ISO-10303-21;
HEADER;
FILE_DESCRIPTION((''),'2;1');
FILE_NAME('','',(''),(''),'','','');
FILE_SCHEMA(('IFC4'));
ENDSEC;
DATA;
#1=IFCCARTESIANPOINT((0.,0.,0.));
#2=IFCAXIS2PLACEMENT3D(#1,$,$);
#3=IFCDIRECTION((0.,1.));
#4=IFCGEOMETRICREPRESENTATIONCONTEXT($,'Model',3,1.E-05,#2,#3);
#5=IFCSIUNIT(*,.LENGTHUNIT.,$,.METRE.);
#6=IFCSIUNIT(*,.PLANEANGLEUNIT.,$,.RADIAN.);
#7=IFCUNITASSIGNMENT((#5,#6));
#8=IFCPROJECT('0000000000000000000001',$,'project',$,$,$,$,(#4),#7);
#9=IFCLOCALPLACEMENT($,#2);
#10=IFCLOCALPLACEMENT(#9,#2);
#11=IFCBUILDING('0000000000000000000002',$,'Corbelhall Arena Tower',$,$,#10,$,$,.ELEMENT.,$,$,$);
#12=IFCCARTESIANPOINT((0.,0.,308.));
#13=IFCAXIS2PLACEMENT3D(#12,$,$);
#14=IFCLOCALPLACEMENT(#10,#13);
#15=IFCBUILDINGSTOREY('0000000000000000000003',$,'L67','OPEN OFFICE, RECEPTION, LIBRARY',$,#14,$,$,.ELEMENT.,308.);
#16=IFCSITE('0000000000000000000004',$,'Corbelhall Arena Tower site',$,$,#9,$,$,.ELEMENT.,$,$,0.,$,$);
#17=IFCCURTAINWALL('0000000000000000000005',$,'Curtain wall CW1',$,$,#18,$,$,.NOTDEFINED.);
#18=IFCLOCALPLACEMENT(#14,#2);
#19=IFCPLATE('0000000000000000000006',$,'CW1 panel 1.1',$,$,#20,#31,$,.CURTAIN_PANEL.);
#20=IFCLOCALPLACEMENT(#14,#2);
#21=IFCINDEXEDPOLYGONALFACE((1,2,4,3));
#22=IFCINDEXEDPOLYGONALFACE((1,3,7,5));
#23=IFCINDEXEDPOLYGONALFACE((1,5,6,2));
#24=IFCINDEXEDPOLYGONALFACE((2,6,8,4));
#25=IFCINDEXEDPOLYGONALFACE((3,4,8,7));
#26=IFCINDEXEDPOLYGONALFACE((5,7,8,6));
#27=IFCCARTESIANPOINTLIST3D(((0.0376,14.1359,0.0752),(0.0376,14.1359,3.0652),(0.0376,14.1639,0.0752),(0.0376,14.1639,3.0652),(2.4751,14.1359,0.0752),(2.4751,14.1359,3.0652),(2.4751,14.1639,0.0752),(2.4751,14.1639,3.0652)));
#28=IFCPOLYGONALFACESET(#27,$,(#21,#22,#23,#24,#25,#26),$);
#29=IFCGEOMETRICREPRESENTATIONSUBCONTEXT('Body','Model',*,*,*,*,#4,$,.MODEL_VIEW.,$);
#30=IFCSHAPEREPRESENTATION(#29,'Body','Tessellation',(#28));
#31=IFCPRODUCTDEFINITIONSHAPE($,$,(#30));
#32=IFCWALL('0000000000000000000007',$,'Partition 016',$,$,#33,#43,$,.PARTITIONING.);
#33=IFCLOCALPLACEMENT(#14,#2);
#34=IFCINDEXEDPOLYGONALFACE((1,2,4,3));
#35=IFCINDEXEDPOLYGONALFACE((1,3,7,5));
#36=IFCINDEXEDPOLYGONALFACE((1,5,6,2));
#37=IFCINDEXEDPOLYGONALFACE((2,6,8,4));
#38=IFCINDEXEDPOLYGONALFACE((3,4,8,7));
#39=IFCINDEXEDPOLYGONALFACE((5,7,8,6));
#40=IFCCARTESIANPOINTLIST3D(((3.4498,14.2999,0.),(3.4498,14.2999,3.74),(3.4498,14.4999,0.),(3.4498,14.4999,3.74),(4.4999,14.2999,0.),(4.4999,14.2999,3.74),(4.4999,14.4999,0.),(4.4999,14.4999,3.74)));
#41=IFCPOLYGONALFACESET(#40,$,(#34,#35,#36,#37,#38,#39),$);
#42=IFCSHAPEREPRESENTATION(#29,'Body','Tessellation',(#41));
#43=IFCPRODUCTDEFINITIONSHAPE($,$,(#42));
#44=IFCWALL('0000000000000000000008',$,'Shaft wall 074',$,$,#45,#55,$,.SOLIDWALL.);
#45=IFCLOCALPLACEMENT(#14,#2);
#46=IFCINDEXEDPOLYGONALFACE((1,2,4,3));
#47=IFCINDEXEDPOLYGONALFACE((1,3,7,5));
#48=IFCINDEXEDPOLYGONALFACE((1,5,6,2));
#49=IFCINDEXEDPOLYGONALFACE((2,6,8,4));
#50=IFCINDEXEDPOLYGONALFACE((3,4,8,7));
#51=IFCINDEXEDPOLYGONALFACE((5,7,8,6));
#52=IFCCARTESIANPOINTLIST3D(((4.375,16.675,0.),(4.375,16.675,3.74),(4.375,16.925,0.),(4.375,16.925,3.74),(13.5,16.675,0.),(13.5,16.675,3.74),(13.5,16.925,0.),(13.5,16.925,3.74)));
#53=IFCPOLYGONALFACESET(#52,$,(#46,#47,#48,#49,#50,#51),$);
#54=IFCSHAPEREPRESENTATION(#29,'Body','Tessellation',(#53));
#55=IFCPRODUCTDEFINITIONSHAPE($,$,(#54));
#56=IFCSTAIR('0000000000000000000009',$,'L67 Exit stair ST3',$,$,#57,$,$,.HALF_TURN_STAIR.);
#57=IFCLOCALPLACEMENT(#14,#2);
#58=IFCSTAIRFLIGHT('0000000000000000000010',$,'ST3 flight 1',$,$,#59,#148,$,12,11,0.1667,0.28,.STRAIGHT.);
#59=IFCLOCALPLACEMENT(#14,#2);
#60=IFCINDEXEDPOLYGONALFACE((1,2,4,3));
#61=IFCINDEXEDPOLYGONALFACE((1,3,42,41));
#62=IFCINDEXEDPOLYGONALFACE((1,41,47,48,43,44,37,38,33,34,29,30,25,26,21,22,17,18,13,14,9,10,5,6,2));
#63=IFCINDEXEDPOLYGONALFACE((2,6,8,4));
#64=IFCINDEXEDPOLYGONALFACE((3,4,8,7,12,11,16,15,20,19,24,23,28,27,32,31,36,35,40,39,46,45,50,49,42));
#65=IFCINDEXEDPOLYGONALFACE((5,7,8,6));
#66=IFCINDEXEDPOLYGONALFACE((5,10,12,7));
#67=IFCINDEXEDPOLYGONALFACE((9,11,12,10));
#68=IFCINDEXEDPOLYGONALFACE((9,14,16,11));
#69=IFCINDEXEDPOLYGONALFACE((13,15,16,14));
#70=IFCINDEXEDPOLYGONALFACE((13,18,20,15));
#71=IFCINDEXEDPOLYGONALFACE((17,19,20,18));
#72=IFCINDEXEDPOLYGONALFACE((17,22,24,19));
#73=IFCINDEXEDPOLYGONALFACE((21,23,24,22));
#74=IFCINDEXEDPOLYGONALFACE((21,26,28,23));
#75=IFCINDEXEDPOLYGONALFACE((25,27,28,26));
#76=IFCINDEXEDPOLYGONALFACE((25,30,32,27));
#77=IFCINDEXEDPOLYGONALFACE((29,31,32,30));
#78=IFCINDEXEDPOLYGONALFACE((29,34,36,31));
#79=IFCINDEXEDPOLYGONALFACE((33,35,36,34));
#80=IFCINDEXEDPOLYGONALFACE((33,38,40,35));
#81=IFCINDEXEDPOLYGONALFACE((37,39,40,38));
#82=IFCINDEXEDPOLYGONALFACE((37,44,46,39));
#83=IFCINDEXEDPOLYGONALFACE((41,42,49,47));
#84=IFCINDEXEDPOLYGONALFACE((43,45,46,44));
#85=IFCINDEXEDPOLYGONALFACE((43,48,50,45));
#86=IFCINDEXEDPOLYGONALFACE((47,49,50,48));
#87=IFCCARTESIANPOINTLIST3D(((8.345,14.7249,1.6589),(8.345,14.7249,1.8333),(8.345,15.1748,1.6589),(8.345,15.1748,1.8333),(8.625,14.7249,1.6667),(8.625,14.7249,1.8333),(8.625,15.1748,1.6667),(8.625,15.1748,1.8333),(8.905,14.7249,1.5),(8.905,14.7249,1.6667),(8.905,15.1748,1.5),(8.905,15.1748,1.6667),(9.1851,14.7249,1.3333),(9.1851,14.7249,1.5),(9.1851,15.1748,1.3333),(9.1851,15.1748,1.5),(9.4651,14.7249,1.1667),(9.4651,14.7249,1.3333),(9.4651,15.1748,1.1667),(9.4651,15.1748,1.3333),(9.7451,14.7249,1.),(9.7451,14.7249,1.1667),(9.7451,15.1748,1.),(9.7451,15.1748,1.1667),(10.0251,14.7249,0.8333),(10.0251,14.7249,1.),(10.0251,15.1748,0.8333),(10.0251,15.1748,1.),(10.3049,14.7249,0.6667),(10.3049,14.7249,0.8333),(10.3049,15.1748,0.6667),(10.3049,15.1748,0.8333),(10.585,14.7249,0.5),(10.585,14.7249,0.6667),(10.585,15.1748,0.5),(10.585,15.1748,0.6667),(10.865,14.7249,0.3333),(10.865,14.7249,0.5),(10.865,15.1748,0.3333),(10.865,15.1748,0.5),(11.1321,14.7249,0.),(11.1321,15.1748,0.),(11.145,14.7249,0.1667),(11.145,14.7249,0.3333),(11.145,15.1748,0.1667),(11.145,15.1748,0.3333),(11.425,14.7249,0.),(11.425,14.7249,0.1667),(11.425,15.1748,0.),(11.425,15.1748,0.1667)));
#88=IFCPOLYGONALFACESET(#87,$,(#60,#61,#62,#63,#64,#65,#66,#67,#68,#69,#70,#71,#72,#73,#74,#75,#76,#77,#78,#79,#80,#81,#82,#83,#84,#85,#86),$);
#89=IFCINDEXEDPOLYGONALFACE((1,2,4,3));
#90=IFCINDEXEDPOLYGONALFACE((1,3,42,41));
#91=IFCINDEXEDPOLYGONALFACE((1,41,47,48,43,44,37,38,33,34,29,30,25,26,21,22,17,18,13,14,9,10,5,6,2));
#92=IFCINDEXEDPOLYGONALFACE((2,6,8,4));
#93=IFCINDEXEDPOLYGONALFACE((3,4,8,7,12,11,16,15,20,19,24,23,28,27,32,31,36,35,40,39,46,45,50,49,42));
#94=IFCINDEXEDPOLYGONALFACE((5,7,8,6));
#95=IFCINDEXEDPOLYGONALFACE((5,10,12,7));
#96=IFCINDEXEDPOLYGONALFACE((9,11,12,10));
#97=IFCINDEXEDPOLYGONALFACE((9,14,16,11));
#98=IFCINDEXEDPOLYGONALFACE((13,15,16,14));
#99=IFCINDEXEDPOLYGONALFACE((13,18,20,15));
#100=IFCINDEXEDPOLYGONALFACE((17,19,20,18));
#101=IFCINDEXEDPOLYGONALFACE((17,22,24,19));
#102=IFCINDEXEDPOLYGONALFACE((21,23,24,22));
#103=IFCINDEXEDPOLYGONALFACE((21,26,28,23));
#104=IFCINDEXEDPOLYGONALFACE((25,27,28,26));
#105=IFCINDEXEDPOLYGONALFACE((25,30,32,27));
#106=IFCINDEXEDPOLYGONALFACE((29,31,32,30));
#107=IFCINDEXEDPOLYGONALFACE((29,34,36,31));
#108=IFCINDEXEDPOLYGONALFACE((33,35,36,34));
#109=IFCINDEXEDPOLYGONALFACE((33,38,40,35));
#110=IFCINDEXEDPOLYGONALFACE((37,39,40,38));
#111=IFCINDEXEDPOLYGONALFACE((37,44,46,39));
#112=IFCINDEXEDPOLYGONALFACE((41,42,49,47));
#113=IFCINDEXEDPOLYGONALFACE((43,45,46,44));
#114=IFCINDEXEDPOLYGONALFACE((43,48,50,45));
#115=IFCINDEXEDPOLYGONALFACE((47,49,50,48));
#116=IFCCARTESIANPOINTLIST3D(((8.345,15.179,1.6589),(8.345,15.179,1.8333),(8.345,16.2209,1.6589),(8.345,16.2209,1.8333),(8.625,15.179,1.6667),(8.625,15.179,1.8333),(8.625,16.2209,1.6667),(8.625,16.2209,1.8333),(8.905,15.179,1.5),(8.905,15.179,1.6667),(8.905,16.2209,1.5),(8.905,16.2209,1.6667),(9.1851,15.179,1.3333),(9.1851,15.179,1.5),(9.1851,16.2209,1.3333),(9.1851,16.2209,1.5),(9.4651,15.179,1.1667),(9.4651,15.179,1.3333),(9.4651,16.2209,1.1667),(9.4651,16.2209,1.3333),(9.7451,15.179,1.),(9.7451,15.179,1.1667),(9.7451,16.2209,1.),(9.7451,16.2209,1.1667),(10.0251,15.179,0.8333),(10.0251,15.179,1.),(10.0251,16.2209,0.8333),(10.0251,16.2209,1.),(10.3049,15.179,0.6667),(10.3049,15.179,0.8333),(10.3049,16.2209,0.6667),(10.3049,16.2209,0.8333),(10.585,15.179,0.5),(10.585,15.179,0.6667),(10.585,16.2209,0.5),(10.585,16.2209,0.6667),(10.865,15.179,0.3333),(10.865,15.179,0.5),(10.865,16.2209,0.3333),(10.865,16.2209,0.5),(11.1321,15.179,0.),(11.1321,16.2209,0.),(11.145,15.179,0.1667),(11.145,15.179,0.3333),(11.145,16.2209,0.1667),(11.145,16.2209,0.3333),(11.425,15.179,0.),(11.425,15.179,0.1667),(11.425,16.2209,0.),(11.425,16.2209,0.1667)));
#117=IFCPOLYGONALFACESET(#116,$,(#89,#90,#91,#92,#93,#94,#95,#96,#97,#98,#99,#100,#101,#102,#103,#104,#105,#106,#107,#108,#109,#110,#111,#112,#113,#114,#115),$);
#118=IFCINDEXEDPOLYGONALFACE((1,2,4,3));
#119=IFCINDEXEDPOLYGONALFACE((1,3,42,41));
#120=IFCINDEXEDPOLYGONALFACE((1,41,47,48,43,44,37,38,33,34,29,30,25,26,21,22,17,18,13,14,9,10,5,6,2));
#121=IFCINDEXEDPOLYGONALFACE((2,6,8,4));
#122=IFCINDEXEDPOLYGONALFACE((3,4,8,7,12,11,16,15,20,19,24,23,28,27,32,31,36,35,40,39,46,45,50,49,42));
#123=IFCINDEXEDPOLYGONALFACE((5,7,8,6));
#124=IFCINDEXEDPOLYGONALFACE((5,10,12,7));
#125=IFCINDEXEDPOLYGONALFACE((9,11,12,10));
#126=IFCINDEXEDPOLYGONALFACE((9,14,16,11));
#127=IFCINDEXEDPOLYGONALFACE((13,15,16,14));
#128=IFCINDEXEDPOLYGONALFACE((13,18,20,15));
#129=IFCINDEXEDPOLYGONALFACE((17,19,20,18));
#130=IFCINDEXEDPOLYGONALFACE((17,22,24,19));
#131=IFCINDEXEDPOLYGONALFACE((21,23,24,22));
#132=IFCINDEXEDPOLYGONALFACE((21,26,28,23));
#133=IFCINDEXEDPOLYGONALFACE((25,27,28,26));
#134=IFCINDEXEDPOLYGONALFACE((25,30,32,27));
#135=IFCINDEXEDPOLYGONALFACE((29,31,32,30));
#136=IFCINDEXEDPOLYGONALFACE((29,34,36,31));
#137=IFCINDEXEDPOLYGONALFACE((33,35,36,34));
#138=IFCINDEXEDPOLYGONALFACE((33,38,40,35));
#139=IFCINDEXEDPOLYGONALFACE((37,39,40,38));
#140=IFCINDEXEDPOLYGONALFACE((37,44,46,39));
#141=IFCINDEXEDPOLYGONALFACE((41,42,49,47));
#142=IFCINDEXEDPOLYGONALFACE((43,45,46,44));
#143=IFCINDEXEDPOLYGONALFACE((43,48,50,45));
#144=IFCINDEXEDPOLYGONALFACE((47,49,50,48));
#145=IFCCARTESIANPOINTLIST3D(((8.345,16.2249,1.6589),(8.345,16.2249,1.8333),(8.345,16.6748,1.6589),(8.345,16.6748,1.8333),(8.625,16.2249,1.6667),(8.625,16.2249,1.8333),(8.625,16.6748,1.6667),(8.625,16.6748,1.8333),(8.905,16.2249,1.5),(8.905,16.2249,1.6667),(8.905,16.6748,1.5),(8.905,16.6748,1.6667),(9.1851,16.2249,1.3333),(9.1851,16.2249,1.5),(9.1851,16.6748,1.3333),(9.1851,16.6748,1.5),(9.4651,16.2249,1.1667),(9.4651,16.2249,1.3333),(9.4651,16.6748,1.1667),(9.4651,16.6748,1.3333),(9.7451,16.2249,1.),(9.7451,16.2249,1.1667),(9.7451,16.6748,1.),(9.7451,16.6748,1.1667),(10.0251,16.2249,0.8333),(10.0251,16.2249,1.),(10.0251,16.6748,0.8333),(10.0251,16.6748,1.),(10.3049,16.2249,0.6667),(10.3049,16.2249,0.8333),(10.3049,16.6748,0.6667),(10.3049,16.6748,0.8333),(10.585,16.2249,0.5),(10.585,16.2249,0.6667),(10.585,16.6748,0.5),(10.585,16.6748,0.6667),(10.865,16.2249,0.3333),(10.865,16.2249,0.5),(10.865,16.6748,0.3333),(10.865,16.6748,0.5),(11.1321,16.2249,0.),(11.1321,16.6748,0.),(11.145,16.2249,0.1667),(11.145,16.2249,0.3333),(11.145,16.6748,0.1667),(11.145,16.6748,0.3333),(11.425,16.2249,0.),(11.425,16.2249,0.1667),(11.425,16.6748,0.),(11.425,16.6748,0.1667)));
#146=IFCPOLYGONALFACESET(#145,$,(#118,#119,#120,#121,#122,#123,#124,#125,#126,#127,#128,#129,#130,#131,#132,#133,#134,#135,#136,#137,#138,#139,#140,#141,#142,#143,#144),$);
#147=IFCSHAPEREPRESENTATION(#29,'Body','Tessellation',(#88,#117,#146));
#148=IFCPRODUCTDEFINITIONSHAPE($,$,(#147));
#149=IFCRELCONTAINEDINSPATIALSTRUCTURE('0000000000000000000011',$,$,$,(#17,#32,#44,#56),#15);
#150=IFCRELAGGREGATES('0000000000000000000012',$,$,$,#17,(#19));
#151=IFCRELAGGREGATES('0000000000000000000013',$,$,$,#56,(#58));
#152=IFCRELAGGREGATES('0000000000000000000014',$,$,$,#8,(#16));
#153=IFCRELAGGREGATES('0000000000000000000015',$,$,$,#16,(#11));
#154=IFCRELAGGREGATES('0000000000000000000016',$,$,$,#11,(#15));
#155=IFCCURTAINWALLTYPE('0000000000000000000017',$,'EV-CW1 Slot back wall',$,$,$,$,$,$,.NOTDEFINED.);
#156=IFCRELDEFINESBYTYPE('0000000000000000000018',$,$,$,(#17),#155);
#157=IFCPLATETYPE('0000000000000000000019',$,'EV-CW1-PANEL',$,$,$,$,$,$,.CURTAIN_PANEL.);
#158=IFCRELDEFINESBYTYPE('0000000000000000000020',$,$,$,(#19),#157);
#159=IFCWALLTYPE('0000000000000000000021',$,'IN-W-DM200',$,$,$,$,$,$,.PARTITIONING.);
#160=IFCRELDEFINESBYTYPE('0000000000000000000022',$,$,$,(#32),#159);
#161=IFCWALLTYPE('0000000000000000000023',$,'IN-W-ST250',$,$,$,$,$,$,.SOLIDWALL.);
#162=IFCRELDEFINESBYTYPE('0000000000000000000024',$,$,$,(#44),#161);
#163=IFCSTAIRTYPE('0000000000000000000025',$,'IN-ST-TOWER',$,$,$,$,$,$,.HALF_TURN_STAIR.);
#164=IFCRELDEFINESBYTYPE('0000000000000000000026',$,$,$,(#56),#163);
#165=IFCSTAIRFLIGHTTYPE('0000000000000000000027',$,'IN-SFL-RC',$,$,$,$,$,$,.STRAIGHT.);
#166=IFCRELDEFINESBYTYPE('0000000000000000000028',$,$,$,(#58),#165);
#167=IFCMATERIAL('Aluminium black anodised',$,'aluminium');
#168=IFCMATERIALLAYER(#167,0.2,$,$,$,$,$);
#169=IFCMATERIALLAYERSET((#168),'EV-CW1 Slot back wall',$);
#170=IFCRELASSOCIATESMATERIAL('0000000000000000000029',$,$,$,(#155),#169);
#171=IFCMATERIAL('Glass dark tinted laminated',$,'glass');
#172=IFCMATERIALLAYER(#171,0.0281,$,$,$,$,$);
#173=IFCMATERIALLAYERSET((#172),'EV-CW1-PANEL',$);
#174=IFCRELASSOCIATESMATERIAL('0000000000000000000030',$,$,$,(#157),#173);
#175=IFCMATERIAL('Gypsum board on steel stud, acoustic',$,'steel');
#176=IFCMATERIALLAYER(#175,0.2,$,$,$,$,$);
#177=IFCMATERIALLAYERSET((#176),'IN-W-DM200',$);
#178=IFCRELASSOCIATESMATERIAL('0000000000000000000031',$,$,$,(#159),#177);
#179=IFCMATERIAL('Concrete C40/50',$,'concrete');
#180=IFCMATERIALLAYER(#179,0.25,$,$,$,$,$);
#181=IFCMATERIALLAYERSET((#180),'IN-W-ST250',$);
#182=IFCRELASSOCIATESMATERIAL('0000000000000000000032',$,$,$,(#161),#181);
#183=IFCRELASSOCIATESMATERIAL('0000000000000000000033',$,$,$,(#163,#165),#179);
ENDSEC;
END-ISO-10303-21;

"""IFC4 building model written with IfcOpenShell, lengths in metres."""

from ifc_helpers import new_model, si_unit, direction, frame, frame_2d, origin, origin_2d, place, context, subcontext, project, spatial, polyline, rectangle, outline, extrude, material, layer, layer_set, type_object, element, aggregate, save


model = new_model("IFC4")

# Units and contexts
model_context = context("Model", 3, precision=1e-05, world=origin(), true_north=direction((0.0, 1.0)))
body_context = subcontext(model_context, "Body", "Model", "MODEL_VIEW")
ifc_project = project(units=[si_unit("LENGTHUNIT", "METRE"), si_unit("PLANEANGLEUNIT", "RADIAN")], contexts=[model_context])

# Site, building, storey
site_placement = place(None, origin())
site = spatial("IfcSite", under=ifc_project, at=site_placement, Name="Corbelhall Arena Tower site", CompositionType="ELEMENT", RefElevation=0.0)
building_placement = place(site_placement, origin())
building = spatial("IfcBuilding", under=site, at=building_placement, Name="Corbelhall Arena Tower", CompositionType="ELEMENT")
storey_placement = place(building_placement, frame((0.0, 0.0, 308.0)))
storey = spatial("IfcBuildingStorey", under=building, at=storey_placement, Name="L67", Description="OPEN OFFICE, RECEPTION, LIBRARY", CompositionType="ELEMENT", Elevation=308.0)

# Curtain wall
ifc_material_1 = material(Name="Aluminium black anodised", Category="aluminium")
ifc_layer_1 = layer(ifc_material_1, 0.2)
ifc_layer_set_1 = layer_set([ifc_layer_1], Name="EV-CW1 Slot back wall")
curtain_wall_type = type_object("IfcCurtainWallType", Name="EV-CW1 Slot back wall", PredefinedType="NOTDEFINED", material=ifc_layer_set_1)
curtain_wall_placement = place(storey_placement, origin())
curtain_wall = element("IfcCurtainWall", 1, at=curtain_wall_placement, inside=storey, type_object=curtain_wall_type, Name="Curtain wall CW1", PredefinedType="NOTDEFINED")

# Plate
ifc_material_2 = material(Name="Glass dark tinted laminated", Category="glass")
ifc_layer_2 = layer(ifc_material_2, 0.0281)
ifc_layer_set_2 = layer_set([ifc_layer_2], Name="EV-CW1-PANEL")
plate_type = type_object("IfcPlateType", Name="EV-CW1-PANEL", PredefinedType="CURTAIN_PANEL", material=ifc_layer_set_2)
plate_placement = place(storey_placement, frame((1.2563, 14.1499, 0.0752), z_axis=(0.0, 0.0, 1.0), x_axis=(-1.0, 0.0, 0.0)))
plate = element("IfcPlate", 2, at=plate_placement, type_object=plate_type, Name="CW1 panel 1.1", PredefinedType="CURTAIN_PANEL", context=body_context, shape_type="SweptSolid", body=[
    extrude(rectangle(XDim=2.4375, YDim=0.0281, at=origin_2d()), origin(), (0.0, 0.0, 1.0), 2.99),
])
aggregate(curtain_wall, [plate])

# Walls
ifc_material_3 = material(Name="Gypsum board on steel stud, acoustic", Category="steel")
ifc_layer_3 = layer(ifc_material_3, 0.2)
ifc_layer_set_3 = layer_set([ifc_layer_3], Name="IN-W-DM200")
wall_type_1 = type_object("IfcWallType", Name="IN-W-DM200", PredefinedType="PARTITIONING", material=ifc_layer_set_3)
wall_1_placement = place(storey_placement, frame((3.45, 14.3999, 0.0), z_axis=(0.0, 0.0, 1.0), x_axis=(1.0, 0.0, 0.0)))
element("IfcWall", 3, at=wall_1_placement, inside=storey, type_object=wall_type_1, Name="Partition 016", PredefinedType="PARTITIONING", context=body_context, shape_type="SweptSolid", body=[
    extrude(rectangle(XDim=1.05, YDim=0.2, at=frame_2d((0.5249, 0.0))), origin(), (0.0, 0.0, 1.0), 3.74),
])
ifc_material_4 = material(Name="Concrete C40/50", Category="concrete")
ifc_layer_4 = layer(ifc_material_4, 0.25)
ifc_layer_set_4 = layer_set([ifc_layer_4], Name="IN-W-ST250")
wall_type_2 = type_object("IfcWallType", Name="IN-W-ST250", PredefinedType="SOLIDWALL", material=ifc_layer_set_4)
wall_2_placement = place(storey_placement, frame((4.375, 16.8, 0.0), z_axis=(0.0, 0.0, 1.0), x_axis=(1.0, 0.0, 0.0)))
element("IfcWall", 4, at=wall_2_placement, inside=storey, type_object=wall_type_2, Name="Shaft wall 074", PredefinedType="SOLIDWALL", context=body_context, shape_type="SweptSolid", body=[
    extrude(rectangle(XDim=9.125, YDim=0.25, at=frame_2d((4.5625, 0.0))), origin(), (0.0, 0.0, 1.0), 3.74),
])

# Stair, stair flight
stair_type = type_object("IfcStairType", Name="IN-ST-TOWER", PredefinedType="HALF_TURN_STAIR", material=ifc_material_4)
stair_placement = place(storey_placement, origin())
stair = element("IfcStair", 5, at=stair_placement, inside=storey, type_object=stair_type, Name="L67 Exit stair ST3", PredefinedType="HALF_TURN_STAIR")
stair_flight_type = type_object("IfcStairFlightType", Name="IN-SFL-RC", PredefinedType="STRAIGHT", material=ifc_material_4)
stair_flight_placement = place(storey_placement, frame((11.425, 15.7, 0.0), z_axis=(0.0, 0.0, 1.0), x_axis=(-1.0, 0.0, 0.0)))
stair_flight = element("IfcStairFlight", 6, at=stair_flight_placement, type_object=stair_flight_type, Name="ST3 flight 1", NumberOfRisers=12, NumberOfTreads=11, PredefinedType="STRAIGHT", RiserHeight=0.1667, TreadLength=0.28, context=body_context, shape_type="SweptSolid", body=[
    extrude(outline(polyline([(0.0, 0.0), (0.0, 0.1667), (0.28, 0.1667), (0.28, 0.3333), (0.5601, 0.3333), (0.5601, 0.5), (0.8401, 0.5), (0.8401, 0.6667), (1.1201, 0.6667), (1.1201, 0.8333), (1.3999, 0.8333), (1.3999, 1.0), (1.6799, 1.0), (1.6799, 1.1667), (1.96, 1.1667), (1.96, 1.3333), (2.24, 1.3333), (2.24, 1.5), (2.52, 1.5), (2.52, 1.6667), (2.8, 1.6667), (2.8, 1.8333), (3.0801, 1.8333), (3.0801, 2.0), (3.0801, 1.6589), (0.293, 0.0), (0.0, 0.0)])), frame((0.0, 0.9751, 0.0), z_axis=(0.0, -1.0, 0.0), x_axis=(1.0, 0.0, 0.0)), (0.0, 0.0, 1.0), 0.45),
    extrude(outline(polyline([(0.0, 0.0), (0.0, 0.1667), (0.28, 0.1667), (0.28, 0.3333), (0.5601, 0.3333), (0.5601, 0.5), (0.8401, 0.5), (0.8401, 0.6667), (1.1201, 0.6667), (1.1201, 0.8333), (1.3999, 0.8333), (1.3999, 1.0), (1.6799, 1.0), (1.6799, 1.1667), (1.96, 1.1667), (1.96, 1.3333), (2.24, 1.3333), (2.24, 1.5), (2.52, 1.5), (2.52, 1.6667), (2.8, 1.6667), (2.8, 1.8333), (3.0801, 1.8333), (3.0801, 2.0), (3.0801, 1.6589), (0.293, 0.0), (0.0, 0.0)])), frame((0.0, 0.521, 0.0), z_axis=(0.0, -1.0, 0.0), x_axis=(1.0, 0.0, 0.0)), (0.0, 0.0, 1.0), 1.042),
    extrude(outline(polyline([(0.0, 0.0), (0.0, 0.1667), (0.28, 0.1667), (0.28, 0.3333), (0.5601, 0.3333), (0.5601, 0.5), (0.8401, 0.5), (0.8401, 0.6667), (1.1201, 0.6667), (1.1201, 0.8333), (1.3999, 0.8333), (1.3999, 1.0), (1.6799, 1.0), (1.6799, 1.1667), (1.96, 1.1667), (1.96, 1.3333), (2.24, 1.3333), (2.24, 1.5), (2.52, 1.5), (2.52, 1.6667), (2.8, 1.6667), (2.8, 1.8333), (3.0801, 1.8333), (3.0801, 2.0), (3.0801, 1.6589), (0.293, 0.0), (0.0, 0.0)])), frame((0.0, -0.5249, 0.0), z_axis=(0.0, -1.0, 0.0), x_axis=(1.0, 0.0, 0.0)), (0.0, 0.0, 1.0), 0.45),
])
aggregate(stair, [stair_flight])

save(model, "model.ifc")
